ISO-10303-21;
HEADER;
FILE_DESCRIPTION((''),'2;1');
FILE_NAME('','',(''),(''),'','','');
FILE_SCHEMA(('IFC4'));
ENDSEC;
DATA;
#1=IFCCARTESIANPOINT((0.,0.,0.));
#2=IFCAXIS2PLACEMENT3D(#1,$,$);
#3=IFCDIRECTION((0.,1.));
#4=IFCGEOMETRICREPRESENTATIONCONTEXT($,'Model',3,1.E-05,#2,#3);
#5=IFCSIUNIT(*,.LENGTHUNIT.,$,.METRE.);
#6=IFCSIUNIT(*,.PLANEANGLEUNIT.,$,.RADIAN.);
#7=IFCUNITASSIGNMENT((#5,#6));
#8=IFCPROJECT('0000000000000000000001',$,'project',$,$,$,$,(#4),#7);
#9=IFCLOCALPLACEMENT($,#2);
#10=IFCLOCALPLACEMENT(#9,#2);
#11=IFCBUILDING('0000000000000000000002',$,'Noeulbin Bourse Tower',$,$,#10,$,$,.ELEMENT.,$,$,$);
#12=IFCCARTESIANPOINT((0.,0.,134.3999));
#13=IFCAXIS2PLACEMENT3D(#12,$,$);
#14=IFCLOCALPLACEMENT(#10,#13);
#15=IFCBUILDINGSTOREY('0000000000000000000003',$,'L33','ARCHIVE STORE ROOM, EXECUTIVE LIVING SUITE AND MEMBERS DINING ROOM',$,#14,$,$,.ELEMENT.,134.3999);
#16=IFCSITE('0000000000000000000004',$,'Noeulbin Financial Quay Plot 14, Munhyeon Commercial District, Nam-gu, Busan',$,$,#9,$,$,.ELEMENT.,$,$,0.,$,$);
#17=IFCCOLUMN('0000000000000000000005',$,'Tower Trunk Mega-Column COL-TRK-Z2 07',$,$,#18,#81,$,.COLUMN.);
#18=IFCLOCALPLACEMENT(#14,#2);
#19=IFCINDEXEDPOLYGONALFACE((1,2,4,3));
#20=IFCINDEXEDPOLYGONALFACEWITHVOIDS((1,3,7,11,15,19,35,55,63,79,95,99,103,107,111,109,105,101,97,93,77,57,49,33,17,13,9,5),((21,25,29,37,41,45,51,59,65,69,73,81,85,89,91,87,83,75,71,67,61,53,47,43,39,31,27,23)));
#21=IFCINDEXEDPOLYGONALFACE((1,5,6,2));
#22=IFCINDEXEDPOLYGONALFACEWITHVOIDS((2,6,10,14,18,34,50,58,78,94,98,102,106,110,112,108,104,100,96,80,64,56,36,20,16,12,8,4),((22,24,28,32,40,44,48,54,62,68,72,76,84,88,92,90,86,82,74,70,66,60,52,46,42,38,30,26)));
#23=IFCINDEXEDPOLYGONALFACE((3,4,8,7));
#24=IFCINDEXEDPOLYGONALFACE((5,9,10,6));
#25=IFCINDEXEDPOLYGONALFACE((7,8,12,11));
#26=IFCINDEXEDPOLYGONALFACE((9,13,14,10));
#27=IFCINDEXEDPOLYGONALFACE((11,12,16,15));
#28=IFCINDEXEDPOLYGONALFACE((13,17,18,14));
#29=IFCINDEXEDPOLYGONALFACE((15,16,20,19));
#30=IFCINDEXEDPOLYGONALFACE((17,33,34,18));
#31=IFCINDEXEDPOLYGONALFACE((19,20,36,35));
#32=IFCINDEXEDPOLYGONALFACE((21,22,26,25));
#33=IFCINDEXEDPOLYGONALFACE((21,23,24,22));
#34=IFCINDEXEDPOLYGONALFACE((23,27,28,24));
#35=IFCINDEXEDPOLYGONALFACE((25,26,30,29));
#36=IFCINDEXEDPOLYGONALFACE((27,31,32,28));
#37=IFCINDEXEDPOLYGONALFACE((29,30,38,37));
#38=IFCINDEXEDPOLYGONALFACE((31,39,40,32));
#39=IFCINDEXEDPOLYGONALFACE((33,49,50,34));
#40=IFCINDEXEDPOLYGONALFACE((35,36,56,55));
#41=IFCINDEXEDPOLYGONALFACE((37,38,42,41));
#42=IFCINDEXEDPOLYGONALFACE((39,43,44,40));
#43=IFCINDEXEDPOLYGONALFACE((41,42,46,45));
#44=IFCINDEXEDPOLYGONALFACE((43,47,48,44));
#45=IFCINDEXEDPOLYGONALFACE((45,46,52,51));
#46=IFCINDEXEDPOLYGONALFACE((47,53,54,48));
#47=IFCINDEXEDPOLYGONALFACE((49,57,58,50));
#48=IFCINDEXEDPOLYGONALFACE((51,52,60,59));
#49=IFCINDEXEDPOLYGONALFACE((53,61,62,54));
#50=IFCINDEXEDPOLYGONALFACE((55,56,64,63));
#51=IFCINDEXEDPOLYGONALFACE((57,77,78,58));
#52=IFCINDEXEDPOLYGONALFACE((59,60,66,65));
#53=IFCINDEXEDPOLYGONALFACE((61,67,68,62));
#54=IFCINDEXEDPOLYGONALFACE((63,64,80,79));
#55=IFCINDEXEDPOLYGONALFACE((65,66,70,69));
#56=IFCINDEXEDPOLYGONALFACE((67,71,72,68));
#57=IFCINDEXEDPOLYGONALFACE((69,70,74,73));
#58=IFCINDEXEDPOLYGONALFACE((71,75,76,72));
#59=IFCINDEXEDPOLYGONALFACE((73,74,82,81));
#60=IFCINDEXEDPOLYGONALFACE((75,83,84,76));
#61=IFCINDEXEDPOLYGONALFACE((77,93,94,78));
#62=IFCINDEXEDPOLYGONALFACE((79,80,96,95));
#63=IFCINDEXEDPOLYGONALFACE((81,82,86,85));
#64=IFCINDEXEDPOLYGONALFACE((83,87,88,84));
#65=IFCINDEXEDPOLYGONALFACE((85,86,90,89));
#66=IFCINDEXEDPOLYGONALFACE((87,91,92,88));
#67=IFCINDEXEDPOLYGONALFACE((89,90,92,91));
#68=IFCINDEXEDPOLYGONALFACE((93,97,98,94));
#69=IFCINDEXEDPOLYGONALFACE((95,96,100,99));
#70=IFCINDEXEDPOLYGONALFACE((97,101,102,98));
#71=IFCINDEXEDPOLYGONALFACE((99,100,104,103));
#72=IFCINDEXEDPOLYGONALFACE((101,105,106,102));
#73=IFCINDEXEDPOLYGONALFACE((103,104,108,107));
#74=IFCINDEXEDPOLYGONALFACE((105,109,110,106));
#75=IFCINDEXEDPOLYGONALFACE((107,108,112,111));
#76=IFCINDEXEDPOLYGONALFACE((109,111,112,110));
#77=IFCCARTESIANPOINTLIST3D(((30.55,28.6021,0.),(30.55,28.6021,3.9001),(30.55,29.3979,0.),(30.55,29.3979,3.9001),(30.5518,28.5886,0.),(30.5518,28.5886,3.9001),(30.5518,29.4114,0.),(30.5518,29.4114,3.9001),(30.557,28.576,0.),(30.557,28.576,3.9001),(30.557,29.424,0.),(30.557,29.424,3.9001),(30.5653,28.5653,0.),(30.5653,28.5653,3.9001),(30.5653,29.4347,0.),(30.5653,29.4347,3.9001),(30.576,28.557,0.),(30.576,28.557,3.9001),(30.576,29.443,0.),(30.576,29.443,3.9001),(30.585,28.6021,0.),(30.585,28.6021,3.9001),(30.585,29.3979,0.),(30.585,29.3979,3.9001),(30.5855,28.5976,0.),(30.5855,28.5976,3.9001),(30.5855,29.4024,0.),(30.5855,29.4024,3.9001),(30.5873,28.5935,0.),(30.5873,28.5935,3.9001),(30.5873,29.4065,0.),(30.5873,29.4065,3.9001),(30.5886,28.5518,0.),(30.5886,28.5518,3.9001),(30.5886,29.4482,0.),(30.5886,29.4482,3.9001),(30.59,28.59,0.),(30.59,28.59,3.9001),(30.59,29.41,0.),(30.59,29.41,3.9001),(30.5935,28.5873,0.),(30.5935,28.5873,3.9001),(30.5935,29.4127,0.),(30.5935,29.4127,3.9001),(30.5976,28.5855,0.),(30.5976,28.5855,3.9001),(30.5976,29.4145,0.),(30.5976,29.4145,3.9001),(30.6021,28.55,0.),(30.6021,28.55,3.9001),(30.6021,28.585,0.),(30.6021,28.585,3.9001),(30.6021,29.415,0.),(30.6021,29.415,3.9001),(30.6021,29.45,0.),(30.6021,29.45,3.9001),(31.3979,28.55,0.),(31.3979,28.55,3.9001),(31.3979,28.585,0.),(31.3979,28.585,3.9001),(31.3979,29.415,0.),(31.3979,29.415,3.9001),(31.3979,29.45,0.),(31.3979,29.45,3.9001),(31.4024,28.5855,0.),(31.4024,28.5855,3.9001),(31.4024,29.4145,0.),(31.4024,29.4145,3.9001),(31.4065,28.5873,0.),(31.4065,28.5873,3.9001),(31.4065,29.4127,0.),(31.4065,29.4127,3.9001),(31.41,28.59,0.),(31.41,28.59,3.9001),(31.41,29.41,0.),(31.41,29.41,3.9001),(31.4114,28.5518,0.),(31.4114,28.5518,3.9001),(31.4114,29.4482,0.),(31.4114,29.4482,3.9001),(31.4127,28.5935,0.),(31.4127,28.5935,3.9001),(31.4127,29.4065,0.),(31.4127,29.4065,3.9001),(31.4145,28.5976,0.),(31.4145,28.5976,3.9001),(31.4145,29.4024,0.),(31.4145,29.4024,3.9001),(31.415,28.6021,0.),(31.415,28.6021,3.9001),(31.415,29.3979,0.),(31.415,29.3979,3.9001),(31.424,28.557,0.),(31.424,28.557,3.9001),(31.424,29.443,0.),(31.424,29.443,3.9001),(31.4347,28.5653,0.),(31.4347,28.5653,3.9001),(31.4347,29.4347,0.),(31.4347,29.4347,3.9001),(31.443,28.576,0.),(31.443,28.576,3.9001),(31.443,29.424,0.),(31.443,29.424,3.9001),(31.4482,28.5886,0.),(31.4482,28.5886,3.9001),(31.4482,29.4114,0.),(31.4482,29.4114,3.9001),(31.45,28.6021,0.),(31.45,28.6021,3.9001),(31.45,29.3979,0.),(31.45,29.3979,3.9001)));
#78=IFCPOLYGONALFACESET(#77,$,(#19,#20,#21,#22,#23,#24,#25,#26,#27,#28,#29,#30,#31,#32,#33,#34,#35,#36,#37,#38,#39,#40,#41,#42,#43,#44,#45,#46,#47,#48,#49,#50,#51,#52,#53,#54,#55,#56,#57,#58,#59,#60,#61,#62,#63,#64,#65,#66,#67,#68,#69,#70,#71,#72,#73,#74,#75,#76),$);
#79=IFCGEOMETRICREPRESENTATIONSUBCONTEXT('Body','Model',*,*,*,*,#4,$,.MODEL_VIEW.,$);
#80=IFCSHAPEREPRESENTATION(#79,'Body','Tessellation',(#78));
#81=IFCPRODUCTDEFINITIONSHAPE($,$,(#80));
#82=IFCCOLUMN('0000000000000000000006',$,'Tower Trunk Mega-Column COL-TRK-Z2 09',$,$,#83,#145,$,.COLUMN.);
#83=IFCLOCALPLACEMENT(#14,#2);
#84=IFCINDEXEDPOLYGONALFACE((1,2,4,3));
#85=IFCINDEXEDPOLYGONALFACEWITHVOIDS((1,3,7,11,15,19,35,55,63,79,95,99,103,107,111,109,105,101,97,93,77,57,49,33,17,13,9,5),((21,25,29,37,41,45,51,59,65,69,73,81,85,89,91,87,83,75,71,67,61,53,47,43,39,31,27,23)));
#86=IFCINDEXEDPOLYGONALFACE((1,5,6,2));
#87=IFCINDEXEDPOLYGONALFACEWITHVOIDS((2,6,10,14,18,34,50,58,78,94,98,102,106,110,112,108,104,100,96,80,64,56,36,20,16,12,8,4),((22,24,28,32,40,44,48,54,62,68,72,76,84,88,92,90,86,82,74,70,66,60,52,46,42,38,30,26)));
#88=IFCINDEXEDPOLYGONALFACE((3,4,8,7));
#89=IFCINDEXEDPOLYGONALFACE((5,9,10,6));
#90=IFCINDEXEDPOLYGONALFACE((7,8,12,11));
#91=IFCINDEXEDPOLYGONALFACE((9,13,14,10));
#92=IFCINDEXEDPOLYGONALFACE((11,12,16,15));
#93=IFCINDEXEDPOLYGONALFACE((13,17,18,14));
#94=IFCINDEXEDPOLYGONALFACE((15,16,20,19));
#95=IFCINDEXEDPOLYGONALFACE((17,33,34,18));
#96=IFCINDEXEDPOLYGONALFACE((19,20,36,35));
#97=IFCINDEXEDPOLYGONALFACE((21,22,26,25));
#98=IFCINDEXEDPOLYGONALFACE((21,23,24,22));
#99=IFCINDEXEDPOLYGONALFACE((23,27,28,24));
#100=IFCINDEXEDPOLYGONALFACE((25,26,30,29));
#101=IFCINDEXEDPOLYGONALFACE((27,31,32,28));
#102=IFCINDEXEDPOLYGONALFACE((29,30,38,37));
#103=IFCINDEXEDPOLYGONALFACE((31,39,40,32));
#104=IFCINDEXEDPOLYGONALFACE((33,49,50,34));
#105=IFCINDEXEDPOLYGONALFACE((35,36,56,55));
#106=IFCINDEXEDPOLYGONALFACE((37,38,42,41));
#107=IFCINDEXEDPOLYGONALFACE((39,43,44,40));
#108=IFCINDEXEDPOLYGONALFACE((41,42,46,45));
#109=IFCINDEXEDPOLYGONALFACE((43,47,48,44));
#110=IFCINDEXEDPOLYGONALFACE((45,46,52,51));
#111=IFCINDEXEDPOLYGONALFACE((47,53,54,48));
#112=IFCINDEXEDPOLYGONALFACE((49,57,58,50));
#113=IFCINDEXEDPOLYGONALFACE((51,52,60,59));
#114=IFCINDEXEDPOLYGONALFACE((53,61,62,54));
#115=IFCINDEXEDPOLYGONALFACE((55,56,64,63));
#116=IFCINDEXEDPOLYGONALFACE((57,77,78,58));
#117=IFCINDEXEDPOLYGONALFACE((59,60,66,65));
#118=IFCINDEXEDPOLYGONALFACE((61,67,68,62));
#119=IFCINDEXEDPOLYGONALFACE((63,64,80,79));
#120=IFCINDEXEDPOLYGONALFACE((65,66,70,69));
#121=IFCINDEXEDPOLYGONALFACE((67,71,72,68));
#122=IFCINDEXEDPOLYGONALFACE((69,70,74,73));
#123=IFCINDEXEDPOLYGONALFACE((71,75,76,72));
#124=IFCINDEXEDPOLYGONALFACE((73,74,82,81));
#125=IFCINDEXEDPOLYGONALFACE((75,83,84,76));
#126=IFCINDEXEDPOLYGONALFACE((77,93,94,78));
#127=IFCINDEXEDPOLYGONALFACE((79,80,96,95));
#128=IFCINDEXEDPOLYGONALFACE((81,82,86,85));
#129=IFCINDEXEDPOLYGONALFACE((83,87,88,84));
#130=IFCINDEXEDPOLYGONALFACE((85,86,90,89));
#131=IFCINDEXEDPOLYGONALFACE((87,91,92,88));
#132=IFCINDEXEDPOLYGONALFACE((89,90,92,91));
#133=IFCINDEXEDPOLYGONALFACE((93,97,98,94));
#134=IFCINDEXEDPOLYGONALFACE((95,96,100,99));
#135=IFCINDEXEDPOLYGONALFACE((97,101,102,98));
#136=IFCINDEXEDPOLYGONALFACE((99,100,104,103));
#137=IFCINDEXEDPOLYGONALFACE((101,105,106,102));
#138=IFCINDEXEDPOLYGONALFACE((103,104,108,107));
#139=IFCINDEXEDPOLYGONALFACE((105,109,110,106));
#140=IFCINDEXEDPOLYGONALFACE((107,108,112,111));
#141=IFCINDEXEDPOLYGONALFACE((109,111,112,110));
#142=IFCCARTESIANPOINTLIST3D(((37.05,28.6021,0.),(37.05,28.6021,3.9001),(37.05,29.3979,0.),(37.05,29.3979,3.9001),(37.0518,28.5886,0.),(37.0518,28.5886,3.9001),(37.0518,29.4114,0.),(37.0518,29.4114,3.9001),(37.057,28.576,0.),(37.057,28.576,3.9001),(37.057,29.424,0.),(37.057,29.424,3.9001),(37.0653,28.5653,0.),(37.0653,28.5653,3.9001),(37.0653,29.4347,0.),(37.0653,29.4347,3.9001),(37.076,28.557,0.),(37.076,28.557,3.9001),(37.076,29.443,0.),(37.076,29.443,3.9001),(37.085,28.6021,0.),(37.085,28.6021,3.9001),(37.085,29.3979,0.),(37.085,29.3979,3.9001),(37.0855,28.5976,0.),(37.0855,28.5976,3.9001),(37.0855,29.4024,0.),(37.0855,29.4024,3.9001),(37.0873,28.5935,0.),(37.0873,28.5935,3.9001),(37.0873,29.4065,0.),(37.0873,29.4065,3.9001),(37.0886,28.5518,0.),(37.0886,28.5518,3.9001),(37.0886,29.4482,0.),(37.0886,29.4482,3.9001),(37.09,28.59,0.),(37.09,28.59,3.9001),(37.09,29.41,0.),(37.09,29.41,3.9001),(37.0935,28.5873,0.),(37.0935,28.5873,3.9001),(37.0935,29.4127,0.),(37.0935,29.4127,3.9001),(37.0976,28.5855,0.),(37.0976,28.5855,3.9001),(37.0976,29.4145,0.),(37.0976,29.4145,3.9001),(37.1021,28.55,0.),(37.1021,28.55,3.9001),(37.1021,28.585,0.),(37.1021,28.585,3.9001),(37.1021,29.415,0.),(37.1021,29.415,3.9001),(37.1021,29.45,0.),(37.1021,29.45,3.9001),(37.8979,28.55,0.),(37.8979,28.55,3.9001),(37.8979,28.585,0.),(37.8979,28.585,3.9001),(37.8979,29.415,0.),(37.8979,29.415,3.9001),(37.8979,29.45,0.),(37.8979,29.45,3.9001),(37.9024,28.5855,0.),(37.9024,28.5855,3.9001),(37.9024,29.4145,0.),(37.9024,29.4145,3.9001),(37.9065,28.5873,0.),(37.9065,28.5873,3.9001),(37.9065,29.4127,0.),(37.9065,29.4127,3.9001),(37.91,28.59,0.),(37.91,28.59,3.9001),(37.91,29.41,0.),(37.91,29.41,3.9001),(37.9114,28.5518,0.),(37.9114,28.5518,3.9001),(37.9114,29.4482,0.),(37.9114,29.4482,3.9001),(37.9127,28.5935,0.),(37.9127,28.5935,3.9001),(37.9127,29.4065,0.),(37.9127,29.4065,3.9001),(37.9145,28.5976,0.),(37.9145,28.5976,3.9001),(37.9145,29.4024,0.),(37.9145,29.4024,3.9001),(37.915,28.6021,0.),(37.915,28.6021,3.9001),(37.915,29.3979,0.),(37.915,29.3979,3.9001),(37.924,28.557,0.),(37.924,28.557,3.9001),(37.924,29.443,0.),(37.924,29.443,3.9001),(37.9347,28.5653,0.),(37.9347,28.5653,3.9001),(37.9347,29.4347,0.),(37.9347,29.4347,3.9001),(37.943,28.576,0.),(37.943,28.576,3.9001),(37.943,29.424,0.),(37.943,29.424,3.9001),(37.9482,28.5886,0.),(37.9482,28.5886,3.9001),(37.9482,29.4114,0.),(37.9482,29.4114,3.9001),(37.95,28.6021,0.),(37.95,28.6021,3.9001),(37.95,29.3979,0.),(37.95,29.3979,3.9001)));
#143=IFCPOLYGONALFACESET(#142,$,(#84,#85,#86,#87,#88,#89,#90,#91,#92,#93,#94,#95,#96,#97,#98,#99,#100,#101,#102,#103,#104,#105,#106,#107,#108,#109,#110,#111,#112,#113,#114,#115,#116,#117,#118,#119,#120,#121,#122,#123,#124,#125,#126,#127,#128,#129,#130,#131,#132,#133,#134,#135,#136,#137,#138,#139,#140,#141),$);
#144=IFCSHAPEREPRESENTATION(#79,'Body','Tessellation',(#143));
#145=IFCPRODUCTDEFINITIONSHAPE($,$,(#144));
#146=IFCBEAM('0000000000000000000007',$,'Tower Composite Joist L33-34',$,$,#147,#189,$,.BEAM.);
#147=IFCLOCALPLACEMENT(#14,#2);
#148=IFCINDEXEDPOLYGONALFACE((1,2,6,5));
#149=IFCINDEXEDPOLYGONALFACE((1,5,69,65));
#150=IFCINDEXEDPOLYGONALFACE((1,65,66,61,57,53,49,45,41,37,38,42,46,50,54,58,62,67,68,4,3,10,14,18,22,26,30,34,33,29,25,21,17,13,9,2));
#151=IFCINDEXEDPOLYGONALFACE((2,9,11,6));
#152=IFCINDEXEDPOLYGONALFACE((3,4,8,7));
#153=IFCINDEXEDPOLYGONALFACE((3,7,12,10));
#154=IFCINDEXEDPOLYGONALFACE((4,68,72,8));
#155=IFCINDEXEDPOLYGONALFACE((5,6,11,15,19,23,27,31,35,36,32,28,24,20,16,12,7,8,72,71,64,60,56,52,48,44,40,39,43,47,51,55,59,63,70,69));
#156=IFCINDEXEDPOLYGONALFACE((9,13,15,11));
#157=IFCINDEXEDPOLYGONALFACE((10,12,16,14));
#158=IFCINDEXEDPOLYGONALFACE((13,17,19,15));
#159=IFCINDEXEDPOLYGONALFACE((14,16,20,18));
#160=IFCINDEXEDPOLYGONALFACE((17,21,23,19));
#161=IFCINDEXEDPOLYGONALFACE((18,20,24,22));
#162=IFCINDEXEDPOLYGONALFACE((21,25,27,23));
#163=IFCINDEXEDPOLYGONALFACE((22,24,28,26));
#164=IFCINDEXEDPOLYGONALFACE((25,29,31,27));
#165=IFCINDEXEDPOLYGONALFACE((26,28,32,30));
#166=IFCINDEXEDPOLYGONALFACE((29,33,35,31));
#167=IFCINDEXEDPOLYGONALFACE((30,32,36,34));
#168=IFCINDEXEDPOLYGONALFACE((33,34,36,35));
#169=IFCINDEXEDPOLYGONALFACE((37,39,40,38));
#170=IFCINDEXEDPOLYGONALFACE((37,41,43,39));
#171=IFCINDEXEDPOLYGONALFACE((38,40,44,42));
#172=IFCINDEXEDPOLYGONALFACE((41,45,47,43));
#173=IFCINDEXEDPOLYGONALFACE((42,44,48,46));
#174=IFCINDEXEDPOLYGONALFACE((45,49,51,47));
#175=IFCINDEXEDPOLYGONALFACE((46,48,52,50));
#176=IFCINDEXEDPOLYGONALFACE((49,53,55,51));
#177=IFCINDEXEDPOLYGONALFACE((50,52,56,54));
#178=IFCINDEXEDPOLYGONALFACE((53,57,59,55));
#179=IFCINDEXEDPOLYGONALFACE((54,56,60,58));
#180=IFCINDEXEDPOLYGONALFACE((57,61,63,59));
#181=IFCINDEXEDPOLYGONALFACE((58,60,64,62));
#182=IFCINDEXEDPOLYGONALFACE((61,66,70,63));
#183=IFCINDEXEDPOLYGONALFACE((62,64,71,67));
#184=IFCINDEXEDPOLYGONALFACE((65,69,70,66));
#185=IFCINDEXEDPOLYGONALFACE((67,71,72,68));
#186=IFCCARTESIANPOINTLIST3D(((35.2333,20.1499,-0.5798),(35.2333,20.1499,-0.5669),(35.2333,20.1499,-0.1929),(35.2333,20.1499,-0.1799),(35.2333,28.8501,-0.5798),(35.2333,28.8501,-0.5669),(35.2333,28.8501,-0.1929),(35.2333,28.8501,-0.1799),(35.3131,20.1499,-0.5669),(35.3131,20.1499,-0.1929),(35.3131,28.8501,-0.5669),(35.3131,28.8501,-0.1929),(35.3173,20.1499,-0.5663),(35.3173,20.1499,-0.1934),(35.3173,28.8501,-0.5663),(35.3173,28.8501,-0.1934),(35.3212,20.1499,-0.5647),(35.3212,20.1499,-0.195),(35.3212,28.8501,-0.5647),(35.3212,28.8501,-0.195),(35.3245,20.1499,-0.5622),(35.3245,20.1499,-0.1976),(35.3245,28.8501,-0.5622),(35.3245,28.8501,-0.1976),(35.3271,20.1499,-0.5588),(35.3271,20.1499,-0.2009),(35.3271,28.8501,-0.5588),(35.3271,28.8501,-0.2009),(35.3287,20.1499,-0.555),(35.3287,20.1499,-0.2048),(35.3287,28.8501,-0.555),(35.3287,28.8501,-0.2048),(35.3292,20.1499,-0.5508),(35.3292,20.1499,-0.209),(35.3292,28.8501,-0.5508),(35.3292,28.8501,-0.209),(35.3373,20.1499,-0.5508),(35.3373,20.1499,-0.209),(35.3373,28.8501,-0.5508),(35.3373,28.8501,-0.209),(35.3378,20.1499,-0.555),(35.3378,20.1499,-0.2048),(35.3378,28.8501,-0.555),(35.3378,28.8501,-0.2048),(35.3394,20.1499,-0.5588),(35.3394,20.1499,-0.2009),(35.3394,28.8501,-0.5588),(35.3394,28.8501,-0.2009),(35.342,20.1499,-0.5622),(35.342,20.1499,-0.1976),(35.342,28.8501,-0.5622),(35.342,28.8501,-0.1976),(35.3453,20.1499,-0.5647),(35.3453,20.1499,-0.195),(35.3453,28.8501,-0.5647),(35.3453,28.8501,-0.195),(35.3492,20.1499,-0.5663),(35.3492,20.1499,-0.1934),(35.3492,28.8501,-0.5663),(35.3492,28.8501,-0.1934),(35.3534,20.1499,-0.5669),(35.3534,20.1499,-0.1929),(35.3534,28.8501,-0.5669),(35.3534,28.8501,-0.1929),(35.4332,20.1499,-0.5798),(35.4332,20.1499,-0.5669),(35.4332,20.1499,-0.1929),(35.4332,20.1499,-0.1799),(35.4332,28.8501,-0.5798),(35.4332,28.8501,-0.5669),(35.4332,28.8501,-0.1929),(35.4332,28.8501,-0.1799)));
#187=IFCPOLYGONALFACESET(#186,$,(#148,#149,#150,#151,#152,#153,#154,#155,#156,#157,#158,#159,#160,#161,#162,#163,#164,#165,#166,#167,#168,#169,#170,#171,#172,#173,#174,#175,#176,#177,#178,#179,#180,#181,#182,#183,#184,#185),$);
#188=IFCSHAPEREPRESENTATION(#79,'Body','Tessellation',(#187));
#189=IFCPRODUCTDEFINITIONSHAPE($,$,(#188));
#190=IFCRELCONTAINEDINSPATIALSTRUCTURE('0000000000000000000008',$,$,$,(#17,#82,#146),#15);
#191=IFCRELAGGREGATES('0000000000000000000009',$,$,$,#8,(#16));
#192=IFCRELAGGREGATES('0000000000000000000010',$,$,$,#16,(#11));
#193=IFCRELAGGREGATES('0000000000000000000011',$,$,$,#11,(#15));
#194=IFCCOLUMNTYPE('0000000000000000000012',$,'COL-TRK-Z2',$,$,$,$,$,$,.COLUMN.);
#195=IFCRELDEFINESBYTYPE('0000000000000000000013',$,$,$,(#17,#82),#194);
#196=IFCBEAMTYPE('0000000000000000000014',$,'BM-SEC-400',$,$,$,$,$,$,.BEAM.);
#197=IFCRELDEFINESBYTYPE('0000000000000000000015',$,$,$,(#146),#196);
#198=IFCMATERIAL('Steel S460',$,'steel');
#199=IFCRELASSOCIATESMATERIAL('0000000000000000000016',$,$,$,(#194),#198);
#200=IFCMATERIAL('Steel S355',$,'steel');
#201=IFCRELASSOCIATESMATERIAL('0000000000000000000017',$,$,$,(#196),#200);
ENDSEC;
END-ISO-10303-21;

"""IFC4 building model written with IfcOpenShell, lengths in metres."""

from ifc_helpers import new_model, si_unit, direction, frame, origin, origin_2d, place, context, subcontext, project, spatial, hollow_rectangle, i_section, extrude, material, material_profile, profile_set, type_object, element, save


model = new_model("IFC4")

# Units and contexts
model_context = context("Model", 3, precision=1e-05, world=origin(), true_north=direction((0.0, 1.0)))
body_context = subcontext(model_context, "Body", "Model", "MODEL_VIEW")
ifc_project = project(units=[si_unit("LENGTHUNIT", "METRE"), si_unit("PLANEANGLEUNIT", "RADIAN")], contexts=[model_context])

# Site, building, storey
site_placement = place(None, origin())
site = spatial("IfcSite", under=ifc_project, at=site_placement, Name="Noeulbin Financial Quay Plot 14, Munhyeon Commercial District, Nam-gu, Busan", CompositionType="ELEMENT", RefElevation=0.0)
building_placement = place(site_placement, origin())
building = spatial("IfcBuilding", under=site, at=building_placement, Name="Noeulbin Bourse Tower", CompositionType="ELEMENT")
storey_placement = place(building_placement, frame((0.0, 0.0, 134.3999)))
storey = spatial("IfcBuildingStorey", under=building, at=storey_placement, Name="L33", Description="ARCHIVE STORE ROOM, EXECUTIVE LIVING SUITE AND MEMBERS DINING ROOM", CompositionType="ELEMENT", Elevation=134.3999)

# Columns
ifc_material_1 = material(Name="Steel S460", Category="steel")
ifc_material_profile_1 = material_profile(ifc_material_1, hollow_rectangle(XDim=0.8999, YDim=0.8999, WallThickness=0.0349, InnerFilletRadius=0.0171, OuterFilletRadius=0.052, at=origin_2d()), Name="BOX-900x900x35", Category="LoadBearing")
ifc_profile_set_1 = profile_set([ifc_material_profile_1], Name="Steel S460")
column_type = type_object("IfcColumnType", Name="COL-TRK-Z2", PredefinedType="COLUMN", material=ifc_profile_set_1)
for number, where, z_axis, x_axis, name in (
    (1, (31.0, 29.0, 0.0), (0.0, 0.0, 1.0), (1.0, 0.0, 0.0), "Tower Trunk Mega-Column COL-TRK-Z2 07"),
    (2, (37.5, 29.0, 0.0), (0.0, 0.0, 1.0), (1.0, 0.0, 0.0), "Tower Trunk Mega-Column COL-TRK-Z2 09"),
):
    element("IfcColumn", number, at=place(storey_placement, frame(where, z_axis=z_axis, x_axis=x_axis)), inside=storey, type_object=column_type, Name=name, PredefinedType="COLUMN", context=body_context, shape_type="SweptSolid", body=[
        extrude(hollow_rectangle(XDim=0.8999, YDim=0.8999, WallThickness=0.0349, InnerFilletRadius=0.0171, OuterFilletRadius=0.052, at=origin_2d()), origin(), (0.0, 0.0, 1.0), 3.9001),
    ])

# Beam
ifc_material_2 = material(Name="Steel S355", Category="steel")
ifc_material_profile_2 = material_profile(ifc_material_2, i_section(OverallWidth=0.2, OverallDepth=0.3999, WebThickness=0.0081, FlangeThickness=0.0129, FilletRadius=0.0161, at=origin_2d()), Name="H-400x200x8x13", Category="LoadBearing")
ifc_profile_set_2 = profile_set([ifc_material_profile_2], Name="Steel S355")
beam_type = type_object("IfcBeamType", Name="BM-SEC-400", PredefinedType="BEAM", material=ifc_profile_set_2)
for number, where, z_axis, x_axis, name in (
    (3, (35.3333, 20.1499, -0.3799), (0.0, 1.0, 0.0), (-1.0, 0.0, 0.0), "Tower Composite Joist L33-34"),
):
    element("IfcBeam", number, at=place(storey_placement, frame(where, z_axis=z_axis, x_axis=x_axis)), inside=storey, type_object=beam_type, Name=name, PredefinedType="BEAM", context=body_context, shape_type="SweptSolid", body=[
        extrude(i_section(OverallWidth=0.2, OverallDepth=0.3999, WebThickness=0.0081, FlangeThickness=0.0129, FilletRadius=0.0161, at=origin_2d()), origin(), (0.0, 0.0, 1.0), 8.7002),
    ])

save(model, "model.ifc")
